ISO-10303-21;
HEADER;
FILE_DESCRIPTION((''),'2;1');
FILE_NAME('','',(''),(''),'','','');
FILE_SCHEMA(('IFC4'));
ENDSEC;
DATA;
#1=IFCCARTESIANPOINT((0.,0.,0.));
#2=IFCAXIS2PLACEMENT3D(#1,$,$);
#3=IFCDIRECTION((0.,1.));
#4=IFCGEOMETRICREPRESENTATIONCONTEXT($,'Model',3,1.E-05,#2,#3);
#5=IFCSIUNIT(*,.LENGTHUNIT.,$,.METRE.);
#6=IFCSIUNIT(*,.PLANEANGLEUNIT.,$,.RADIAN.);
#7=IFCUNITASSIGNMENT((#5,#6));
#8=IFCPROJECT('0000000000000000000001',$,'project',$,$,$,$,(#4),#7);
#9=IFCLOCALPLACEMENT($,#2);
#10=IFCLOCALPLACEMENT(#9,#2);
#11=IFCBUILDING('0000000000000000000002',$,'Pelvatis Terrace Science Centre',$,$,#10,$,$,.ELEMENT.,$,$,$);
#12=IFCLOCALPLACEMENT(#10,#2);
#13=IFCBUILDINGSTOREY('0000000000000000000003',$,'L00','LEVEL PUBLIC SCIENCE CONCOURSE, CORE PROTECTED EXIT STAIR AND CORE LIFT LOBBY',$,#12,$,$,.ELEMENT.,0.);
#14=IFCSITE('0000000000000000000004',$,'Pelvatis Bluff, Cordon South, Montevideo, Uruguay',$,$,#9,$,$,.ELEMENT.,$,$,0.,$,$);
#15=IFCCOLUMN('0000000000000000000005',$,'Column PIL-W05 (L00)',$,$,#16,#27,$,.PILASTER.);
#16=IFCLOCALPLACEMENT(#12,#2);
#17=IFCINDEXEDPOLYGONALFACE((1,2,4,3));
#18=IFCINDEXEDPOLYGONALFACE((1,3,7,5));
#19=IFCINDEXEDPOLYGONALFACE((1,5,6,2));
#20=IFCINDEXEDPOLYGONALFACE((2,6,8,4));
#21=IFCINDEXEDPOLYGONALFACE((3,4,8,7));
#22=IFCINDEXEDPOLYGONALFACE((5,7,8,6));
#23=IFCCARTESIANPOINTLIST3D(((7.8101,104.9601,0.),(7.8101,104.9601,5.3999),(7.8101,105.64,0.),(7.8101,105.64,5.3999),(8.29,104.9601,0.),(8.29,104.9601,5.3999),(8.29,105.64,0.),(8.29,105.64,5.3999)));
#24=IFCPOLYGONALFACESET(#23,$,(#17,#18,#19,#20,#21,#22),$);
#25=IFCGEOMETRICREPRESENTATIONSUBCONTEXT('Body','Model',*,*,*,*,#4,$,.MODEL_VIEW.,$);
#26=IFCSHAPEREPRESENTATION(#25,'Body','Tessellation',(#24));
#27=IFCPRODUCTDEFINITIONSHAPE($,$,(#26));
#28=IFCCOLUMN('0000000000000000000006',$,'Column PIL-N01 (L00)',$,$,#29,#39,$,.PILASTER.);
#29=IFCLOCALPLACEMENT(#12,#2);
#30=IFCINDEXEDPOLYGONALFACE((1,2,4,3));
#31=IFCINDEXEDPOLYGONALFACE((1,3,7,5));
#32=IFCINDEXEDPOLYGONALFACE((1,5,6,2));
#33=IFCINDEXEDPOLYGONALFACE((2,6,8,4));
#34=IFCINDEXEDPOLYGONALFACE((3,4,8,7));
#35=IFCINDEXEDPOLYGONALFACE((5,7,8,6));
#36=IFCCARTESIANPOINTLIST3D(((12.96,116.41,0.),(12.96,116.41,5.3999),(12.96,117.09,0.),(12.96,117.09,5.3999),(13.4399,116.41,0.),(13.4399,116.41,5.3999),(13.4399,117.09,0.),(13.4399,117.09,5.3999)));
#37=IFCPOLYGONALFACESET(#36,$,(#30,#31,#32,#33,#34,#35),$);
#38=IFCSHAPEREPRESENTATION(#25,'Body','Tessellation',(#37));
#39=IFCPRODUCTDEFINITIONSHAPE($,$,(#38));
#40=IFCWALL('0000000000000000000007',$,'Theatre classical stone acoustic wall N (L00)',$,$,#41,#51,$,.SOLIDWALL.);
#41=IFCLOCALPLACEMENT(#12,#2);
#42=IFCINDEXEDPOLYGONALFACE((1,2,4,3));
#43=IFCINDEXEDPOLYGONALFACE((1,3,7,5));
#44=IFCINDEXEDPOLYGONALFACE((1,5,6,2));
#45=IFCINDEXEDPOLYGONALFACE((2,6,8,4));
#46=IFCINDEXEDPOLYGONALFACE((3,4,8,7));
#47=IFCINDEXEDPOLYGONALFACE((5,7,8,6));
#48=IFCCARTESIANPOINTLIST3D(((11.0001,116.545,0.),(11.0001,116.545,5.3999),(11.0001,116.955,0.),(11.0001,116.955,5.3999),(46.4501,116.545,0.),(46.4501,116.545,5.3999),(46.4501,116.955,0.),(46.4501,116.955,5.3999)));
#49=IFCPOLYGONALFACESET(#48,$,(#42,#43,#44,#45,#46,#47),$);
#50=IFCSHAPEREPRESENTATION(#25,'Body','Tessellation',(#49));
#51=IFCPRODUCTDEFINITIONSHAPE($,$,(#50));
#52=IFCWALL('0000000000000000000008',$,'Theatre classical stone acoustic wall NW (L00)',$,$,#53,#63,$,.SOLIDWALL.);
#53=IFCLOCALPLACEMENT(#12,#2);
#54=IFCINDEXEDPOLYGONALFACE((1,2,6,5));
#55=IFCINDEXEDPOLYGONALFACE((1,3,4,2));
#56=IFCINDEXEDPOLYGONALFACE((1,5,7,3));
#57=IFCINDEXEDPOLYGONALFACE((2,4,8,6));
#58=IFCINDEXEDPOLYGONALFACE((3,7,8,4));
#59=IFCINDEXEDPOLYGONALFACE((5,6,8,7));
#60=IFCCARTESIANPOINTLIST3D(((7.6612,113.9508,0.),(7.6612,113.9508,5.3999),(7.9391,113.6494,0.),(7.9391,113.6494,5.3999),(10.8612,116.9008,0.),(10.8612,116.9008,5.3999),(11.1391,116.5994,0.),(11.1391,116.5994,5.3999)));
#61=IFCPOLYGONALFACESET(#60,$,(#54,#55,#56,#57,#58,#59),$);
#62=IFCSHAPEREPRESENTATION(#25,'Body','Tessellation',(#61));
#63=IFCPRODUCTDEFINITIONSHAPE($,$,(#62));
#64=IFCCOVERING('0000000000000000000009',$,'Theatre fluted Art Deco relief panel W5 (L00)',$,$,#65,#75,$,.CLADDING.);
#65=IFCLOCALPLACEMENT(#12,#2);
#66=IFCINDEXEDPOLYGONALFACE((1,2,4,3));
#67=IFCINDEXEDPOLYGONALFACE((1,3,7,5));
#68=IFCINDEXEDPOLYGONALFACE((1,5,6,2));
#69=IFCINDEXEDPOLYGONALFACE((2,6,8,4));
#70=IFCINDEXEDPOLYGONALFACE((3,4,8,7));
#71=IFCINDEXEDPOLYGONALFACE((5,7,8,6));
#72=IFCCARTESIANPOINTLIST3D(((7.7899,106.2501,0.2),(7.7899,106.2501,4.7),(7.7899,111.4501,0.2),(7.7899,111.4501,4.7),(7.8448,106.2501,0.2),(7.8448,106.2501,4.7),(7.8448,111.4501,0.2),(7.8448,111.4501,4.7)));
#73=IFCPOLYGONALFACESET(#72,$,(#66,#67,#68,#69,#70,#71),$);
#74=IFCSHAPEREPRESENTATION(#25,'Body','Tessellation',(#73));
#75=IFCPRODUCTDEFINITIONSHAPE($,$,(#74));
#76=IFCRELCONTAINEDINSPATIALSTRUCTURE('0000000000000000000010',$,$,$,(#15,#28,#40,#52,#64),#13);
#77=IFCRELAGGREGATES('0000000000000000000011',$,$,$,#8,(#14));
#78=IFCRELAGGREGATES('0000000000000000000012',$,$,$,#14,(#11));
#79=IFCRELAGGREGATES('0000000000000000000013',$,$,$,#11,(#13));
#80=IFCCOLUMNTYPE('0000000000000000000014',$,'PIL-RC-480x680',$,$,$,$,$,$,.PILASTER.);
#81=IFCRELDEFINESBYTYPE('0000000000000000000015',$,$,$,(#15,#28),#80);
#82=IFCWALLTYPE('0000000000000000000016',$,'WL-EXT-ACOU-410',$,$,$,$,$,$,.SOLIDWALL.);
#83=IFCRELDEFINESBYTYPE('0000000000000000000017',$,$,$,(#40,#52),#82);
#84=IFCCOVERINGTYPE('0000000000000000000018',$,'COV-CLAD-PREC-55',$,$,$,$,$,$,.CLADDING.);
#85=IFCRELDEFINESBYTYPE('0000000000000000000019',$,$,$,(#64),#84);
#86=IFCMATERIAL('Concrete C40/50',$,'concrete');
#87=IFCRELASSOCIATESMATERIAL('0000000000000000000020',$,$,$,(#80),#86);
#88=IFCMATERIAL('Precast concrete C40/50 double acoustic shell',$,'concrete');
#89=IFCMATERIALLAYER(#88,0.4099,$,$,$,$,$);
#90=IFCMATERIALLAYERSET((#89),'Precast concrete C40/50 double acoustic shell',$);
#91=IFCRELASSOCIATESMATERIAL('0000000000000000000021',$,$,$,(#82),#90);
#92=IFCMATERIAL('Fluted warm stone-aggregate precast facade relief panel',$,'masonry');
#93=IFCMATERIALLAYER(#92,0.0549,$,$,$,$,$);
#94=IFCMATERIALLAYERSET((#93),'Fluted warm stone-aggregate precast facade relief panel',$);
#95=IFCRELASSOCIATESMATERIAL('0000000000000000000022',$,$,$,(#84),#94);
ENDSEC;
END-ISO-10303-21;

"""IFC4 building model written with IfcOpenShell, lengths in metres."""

from ifc_helpers import new_model, si_unit, direction, frame, frame_2d, origin, origin_2d, place, context, subcontext, project, spatial, rectangle, extrude, material, layer, layer_set, material_profile, profile_set, type_object, element, save


model = new_model("IFC4")

# Units and contexts
model_context = context("Model", 3, precision=1e-05, world=origin(), true_north=direction((0.0, 1.0)))
body_context = subcontext(model_context, "Body", "Model", "MODEL_VIEW")
ifc_project = project(units=[si_unit("LENGTHUNIT", "METRE"), si_unit("PLANEANGLEUNIT", "RADIAN")], contexts=[model_context])

# Site, building, storey
site_placement = place(None, origin())
site = spatial("IfcSite", under=ifc_project, at=site_placement, Name="Pelvatis Bluff, Cordon South, Montevideo, Uruguay", CompositionType="ELEMENT", RefElevation=0.0)
building_placement = place(site_placement, origin())
building = spatial("IfcBuilding", under=site, at=building_placement, Name="Pelvatis Terrace Science Centre", CompositionType="ELEMENT")
storey_placement = place(building_placement, origin())
storey = spatial("IfcBuildingStorey", under=building, at=storey_placement, Name="L00", Description="LEVEL PUBLIC SCIENCE CONCOURSE, CORE PROTECTED EXIT STAIR AND CORE LIFT LOBBY", CompositionType="ELEMENT", Elevation=0.0)

# Columns
ifc_material_1 = material(Name="Concrete C40/50", Category="concrete")
ifc_material_profile_1 = material_profile(ifc_material_1, rectangle(XDim=0.48, YDim=0.6799, at=origin_2d()), Name="RC-PIL 480x680")
ifc_profile_set_1 = profile_set([ifc_material_profile_1], Name="Concrete C40/50")
column_type_1 = type_object("IfcColumnType", Name="PIL-RC-480x680", PredefinedType="PILASTER", material=ifc_profile_set_1)
for number, where, z_axis, x_axis, name in (
    (1, (8.05, 105.3, 0.0), (0.0, 0.0, 1.0), (1.0, 0.0, 0.0), "Column PIL-W05 (L00)"),
    (2, (13.2, 116.75, 0.0), (0.0, 0.0, 1.0), (1.0, 0.0, 0.0), "Column PIL-N01 (L00)"),
):
    element("IfcColumn", number, at=place(storey_placement, frame(where, z_axis=z_axis, x_axis=x_axis)), inside=storey, type_object=column_type_1, Name=name, PredefinedType="PILASTER", context=body_context, shape_type="SweptSolid", body=[
        extrude(rectangle(XDim=0.48, YDim=0.6799, at=origin_2d()), origin(), (0.0, 0.0, 1.0), 5.3999),
    ])

# Walls
ifc_material_2 = material(Name="Precast concrete C40/50 double acoustic shell", Category="concrete")
ifc_layer_1 = layer(ifc_material_2, 0.4099)
ifc_layer_set_1 = layer_set([ifc_layer_1], Name="Precast concrete C40/50 double acoustic shell")
wall_type = type_object("IfcWallType", Name="WL-EXT-ACOU-410", PredefinedType="SOLIDWALL", material=ifc_layer_set_1)
wall_1_placement = place(storey_placement, frame((11.0, 116.75, 0.0), z_axis=(0.0, 0.0, 1.0), x_axis=(1.0, 0.0, 0.0)))
element("IfcWall", 3, at=wall_1_placement, inside=storey, type_object=wall_type, Name="Theatre classical stone acoustic wall N (L00)", PredefinedType="SOLIDWALL", context=body_context, shape_type="SweptSolid", body=[
    extrude(rectangle(XDim=35.45, YDim=0.4099, at=frame_2d((17.7251, 0.0))), origin(), (0.0, 0.0, 1.0), 5.3999),
])
wall_2_placement = place(storey_placement, frame((7.8, 113.8, 0.0), z_axis=(0.0, 0.0, 1.0), x_axis=(0.735244, 0.677802, 0.0)))
element("IfcWall", 4, at=wall_2_placement, inside=storey, type_object=wall_type, Name="Theatre classical stone acoustic wall NW (L00)", PredefinedType="SOLIDWALL", context=body_context, shape_type="SweptSolid", body=[
    extrude(rectangle(XDim=4.3523, YDim=0.4099, at=frame_2d((2.1763, 0.0))), origin(), (0.0, 0.0, 1.0), 5.3999),
])

# Covering
ifc_material_3 = material(Name="Fluted warm stone-aggregate precast facade relief panel", Category="masonry")
ifc_layer_2 = layer(ifc_material_3, 0.0549)
ifc_layer_set_2 = layer_set([ifc_layer_2], Name="Fluted warm stone-aggregate precast facade relief panel")
covering_type = type_object("IfcCoveringType", Name="COV-CLAD-PREC-55", PredefinedType="CLADDING", material=ifc_layer_set_2)
covering_placement = place(storey_placement, frame((7.8174, 108.8501, 0.2), z_axis=(0.0, 0.0, 1.0), x_axis=(1.0, 0.0, 0.0)))
element("IfcCovering", 5, at=covering_placement, inside=storey, type_object=covering_type, Name="Theatre fluted Art Deco relief panel W5 (L00)", PredefinedType="CLADDING", context=body_context, shape_type="SweptSolid", body=[
    extrude(rectangle(XDim=0.0549, YDim=5.2, at=origin_2d()), origin(), (0.0, 0.0, 1.0), 4.5),
])

save(model, "model.ifc")
